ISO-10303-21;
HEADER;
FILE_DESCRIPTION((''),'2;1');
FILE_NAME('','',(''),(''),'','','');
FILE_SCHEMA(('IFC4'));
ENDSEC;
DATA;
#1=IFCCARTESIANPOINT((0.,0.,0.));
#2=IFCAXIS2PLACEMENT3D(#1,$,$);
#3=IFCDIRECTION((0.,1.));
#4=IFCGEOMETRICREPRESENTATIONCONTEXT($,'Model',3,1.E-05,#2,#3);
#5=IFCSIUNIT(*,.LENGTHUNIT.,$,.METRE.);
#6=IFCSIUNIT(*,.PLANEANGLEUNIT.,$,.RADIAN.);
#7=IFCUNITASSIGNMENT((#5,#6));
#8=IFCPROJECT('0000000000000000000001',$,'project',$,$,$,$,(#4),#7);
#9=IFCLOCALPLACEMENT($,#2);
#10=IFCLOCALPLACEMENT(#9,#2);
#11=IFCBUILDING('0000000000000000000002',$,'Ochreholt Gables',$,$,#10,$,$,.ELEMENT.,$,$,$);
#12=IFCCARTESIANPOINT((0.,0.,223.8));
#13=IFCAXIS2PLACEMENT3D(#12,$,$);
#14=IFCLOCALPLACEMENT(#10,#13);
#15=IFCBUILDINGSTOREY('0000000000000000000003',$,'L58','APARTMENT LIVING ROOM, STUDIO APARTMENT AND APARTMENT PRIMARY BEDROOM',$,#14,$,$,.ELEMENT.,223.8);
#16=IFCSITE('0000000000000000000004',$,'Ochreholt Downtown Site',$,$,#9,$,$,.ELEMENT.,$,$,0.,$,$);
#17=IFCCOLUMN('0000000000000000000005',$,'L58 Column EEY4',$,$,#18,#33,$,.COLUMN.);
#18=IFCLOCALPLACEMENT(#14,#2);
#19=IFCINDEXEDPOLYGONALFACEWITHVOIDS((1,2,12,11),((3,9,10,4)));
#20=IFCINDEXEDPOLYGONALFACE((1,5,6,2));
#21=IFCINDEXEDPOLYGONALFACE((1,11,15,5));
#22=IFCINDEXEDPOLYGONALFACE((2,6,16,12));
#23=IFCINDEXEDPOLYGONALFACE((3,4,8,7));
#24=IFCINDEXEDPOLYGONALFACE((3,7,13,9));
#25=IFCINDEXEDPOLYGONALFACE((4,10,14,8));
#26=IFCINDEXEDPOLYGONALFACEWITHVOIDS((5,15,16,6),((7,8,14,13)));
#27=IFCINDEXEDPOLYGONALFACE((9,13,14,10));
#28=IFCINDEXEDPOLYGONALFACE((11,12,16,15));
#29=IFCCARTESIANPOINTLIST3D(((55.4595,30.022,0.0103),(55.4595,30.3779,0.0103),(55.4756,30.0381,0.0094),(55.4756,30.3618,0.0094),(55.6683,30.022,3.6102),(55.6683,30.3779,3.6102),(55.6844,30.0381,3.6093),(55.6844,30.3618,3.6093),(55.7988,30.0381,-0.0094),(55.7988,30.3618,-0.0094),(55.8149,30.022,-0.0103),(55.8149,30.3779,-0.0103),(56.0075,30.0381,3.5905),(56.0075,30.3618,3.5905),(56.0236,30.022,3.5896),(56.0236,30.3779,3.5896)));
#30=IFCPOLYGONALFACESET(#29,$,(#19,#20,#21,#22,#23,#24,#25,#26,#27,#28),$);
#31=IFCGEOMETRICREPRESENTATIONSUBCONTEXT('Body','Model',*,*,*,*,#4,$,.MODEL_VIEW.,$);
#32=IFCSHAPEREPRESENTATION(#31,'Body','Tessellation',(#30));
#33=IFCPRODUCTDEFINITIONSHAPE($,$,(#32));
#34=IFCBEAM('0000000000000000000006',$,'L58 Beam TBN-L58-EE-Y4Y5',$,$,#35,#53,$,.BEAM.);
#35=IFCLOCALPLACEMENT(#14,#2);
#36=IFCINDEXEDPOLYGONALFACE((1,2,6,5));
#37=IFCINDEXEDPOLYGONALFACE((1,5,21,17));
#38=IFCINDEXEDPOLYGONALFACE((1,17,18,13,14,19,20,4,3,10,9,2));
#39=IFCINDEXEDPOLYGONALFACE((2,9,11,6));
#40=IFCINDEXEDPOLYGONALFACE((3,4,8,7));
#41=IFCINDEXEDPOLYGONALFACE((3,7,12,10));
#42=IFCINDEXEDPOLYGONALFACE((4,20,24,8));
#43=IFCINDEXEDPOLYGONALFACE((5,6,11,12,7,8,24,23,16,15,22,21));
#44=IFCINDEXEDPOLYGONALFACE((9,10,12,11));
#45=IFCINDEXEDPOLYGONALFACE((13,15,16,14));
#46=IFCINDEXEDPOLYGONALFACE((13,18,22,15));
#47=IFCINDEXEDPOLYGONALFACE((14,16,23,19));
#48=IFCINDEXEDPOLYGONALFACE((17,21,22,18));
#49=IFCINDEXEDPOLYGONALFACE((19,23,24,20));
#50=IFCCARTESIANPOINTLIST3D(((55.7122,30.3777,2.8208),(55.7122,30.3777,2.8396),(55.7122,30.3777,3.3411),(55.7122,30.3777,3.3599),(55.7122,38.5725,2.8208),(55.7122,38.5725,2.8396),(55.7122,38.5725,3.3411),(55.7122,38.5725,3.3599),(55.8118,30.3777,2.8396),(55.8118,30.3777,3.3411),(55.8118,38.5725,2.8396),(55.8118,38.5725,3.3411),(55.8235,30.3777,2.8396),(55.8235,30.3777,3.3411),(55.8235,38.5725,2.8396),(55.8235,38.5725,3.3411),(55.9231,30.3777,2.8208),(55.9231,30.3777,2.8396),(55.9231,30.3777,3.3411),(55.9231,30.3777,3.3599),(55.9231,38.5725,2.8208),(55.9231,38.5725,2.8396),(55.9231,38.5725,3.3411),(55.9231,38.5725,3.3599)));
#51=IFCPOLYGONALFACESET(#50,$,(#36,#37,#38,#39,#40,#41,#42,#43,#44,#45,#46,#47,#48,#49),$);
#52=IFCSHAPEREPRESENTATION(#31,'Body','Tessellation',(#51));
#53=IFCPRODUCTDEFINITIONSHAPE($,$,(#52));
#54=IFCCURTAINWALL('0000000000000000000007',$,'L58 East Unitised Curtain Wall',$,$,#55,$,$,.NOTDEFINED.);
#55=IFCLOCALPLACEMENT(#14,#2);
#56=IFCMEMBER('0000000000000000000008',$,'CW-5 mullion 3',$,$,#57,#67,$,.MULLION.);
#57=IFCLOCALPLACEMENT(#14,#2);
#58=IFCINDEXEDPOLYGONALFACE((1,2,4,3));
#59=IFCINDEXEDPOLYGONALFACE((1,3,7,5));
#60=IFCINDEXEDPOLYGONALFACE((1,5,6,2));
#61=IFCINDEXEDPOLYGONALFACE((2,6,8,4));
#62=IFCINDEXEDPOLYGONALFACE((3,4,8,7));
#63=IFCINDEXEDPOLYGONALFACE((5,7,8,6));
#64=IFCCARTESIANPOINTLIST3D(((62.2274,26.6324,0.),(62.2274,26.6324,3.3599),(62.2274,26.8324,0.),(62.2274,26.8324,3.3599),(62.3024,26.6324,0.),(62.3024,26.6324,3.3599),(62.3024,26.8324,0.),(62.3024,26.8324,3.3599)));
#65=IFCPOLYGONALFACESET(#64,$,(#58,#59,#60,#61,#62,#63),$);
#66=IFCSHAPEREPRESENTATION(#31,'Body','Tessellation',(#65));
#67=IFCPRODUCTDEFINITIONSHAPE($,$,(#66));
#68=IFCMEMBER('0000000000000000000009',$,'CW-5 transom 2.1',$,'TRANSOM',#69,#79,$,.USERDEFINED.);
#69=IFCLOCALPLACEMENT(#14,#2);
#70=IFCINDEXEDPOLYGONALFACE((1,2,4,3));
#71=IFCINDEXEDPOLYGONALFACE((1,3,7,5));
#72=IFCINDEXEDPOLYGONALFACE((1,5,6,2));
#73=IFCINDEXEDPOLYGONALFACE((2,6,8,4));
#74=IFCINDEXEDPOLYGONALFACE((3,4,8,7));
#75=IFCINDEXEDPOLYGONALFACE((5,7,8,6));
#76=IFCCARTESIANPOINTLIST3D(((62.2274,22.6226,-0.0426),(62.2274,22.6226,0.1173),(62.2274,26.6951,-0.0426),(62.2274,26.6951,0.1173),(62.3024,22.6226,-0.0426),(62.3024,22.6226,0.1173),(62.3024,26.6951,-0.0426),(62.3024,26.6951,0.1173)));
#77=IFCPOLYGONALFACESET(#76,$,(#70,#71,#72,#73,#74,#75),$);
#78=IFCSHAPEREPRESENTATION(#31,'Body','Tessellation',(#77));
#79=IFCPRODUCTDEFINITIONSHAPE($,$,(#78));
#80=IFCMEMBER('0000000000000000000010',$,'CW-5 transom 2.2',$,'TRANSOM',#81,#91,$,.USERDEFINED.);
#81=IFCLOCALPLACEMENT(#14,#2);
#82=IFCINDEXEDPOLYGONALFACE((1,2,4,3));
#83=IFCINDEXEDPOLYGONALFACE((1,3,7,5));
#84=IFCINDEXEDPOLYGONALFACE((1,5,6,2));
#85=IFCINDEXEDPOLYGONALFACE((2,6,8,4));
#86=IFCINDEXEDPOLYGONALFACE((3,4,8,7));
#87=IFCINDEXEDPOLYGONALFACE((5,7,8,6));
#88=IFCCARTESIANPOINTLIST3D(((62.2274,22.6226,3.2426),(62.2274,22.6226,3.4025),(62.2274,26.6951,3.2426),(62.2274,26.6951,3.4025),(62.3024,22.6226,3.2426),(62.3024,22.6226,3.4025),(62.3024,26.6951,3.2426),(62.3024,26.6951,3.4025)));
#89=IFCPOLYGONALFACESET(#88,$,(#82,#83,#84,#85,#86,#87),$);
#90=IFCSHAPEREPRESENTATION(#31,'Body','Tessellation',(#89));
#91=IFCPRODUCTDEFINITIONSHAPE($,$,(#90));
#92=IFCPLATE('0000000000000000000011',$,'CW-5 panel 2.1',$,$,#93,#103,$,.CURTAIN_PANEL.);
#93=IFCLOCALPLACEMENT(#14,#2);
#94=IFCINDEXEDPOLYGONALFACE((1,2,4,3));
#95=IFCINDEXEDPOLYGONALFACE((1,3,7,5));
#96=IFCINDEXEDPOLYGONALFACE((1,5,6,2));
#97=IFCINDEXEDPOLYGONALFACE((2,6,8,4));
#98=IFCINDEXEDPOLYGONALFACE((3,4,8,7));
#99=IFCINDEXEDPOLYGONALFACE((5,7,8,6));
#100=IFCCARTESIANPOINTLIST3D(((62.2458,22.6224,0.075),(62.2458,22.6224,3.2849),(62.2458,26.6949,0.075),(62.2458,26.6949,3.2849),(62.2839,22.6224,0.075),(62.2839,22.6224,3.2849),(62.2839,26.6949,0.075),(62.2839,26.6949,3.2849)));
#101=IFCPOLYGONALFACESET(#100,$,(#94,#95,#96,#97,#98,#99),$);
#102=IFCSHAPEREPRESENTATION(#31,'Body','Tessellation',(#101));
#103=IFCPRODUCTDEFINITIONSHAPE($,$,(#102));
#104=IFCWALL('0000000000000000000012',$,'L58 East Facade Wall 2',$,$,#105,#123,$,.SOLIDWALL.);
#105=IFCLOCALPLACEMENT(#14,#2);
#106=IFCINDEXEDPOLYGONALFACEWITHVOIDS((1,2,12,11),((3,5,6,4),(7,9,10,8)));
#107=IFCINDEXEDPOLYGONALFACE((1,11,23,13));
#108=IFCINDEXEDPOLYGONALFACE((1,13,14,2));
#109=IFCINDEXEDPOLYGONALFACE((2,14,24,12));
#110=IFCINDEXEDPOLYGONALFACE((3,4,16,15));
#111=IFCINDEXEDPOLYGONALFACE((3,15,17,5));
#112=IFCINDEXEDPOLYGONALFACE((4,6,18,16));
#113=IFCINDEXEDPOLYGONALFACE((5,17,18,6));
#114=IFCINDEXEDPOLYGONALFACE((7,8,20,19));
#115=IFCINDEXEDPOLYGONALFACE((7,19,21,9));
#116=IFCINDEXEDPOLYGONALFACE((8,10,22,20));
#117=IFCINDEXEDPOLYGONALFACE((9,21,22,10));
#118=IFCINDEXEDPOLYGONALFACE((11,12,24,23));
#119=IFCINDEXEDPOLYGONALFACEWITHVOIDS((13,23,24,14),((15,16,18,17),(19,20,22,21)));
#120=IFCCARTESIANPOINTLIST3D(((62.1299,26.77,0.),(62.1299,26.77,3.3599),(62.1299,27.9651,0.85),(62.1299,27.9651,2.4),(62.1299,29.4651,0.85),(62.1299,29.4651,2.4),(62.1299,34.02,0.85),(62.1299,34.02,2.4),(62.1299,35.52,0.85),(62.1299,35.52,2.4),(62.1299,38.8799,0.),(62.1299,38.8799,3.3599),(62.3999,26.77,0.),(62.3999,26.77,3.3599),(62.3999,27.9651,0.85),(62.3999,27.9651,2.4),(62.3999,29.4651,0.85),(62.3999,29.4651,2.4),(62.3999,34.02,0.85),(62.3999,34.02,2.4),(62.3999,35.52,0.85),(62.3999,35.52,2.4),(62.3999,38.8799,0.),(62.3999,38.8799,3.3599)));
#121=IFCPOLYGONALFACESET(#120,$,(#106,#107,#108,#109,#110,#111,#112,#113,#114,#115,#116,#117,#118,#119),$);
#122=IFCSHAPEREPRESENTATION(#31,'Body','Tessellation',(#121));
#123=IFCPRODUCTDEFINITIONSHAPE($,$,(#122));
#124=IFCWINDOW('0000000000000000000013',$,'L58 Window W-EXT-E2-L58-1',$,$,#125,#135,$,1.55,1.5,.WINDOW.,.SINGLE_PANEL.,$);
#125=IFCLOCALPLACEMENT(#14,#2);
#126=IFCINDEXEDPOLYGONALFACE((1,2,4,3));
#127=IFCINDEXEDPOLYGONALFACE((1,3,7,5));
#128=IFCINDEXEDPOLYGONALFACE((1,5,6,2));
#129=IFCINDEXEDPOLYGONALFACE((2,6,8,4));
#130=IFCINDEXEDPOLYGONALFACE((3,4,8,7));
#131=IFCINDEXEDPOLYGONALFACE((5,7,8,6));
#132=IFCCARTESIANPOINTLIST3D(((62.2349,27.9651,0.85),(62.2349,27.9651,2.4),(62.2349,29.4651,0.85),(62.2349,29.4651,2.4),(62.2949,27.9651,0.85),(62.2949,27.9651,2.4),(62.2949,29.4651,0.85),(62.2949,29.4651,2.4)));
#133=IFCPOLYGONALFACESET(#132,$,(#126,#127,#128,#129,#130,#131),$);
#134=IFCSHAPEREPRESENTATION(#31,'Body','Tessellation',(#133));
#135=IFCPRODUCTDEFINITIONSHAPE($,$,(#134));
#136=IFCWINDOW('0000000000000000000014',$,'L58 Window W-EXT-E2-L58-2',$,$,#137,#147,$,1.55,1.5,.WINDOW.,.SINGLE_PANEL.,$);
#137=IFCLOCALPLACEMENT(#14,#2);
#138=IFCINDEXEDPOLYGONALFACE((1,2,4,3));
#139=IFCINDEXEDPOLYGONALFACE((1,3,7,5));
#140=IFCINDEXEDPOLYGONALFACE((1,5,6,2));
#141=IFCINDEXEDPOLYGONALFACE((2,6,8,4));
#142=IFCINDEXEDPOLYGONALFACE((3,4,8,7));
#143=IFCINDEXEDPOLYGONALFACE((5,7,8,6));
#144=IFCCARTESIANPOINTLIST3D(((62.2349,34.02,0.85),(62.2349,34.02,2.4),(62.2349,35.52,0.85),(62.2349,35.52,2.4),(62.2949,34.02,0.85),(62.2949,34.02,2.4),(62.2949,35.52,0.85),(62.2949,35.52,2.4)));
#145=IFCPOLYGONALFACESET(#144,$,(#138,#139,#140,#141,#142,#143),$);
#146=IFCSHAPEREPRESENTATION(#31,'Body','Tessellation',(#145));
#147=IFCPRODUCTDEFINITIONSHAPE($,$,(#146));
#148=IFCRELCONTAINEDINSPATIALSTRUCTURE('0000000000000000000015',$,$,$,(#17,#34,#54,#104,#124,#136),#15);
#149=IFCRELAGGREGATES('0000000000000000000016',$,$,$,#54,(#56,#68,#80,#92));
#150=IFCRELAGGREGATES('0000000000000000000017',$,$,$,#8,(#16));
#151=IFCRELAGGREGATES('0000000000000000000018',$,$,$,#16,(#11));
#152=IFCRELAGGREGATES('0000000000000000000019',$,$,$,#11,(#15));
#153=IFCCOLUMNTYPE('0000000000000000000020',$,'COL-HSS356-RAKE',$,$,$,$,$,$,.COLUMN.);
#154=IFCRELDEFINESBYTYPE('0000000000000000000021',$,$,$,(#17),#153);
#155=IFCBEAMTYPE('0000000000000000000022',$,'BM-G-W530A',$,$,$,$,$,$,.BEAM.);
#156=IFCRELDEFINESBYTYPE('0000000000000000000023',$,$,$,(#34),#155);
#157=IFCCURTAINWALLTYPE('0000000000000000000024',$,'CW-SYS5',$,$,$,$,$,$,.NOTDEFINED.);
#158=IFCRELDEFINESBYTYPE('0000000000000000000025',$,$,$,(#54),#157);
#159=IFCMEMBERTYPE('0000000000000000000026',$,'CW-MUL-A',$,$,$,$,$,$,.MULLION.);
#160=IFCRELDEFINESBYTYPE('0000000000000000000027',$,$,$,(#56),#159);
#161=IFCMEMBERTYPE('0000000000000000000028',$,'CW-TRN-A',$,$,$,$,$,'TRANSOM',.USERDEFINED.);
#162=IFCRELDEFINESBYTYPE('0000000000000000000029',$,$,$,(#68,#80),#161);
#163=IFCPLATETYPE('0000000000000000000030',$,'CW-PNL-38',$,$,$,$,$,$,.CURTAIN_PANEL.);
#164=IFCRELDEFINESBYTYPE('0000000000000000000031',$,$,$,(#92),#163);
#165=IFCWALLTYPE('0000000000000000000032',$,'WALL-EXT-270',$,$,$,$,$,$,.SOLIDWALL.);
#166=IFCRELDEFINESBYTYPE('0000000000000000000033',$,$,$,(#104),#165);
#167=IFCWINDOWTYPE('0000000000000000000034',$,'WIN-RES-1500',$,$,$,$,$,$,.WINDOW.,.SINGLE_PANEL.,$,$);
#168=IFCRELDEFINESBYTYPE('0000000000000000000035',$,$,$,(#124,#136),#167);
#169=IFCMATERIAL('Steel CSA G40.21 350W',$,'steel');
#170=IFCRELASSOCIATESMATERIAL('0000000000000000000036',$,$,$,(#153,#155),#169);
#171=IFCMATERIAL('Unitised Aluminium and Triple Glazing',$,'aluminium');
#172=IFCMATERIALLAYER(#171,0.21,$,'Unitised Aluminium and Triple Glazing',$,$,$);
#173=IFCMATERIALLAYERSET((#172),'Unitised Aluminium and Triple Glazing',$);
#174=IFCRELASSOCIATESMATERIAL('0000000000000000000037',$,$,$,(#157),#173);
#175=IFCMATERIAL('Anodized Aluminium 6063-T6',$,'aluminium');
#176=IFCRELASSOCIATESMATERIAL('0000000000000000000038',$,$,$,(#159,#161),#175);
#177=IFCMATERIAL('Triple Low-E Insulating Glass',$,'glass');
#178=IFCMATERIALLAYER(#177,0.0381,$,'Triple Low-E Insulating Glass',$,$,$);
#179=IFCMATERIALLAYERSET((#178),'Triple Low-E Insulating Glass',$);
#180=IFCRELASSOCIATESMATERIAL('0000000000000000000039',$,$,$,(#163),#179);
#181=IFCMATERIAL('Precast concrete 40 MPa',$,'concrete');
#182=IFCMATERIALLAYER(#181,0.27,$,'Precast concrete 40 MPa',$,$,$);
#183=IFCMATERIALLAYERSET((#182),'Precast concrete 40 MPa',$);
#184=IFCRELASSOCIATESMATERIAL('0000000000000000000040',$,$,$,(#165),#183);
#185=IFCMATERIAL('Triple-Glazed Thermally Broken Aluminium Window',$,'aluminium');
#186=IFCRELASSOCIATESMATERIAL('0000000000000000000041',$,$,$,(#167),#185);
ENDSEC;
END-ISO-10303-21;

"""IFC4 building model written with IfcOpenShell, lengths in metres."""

from ifc_helpers import new_model, si_unit, direction, frame, frame_2d, origin, origin_2d, place, context, subcontext, project, spatial, rectangle, hollow_rectangle, i_section, extrude, material, layer, layer_set, material_profile, profile_set, type_object, element, fill, aggregate, save


model = new_model("IFC4")

# Units and contexts
model_context = context("Model", 3, precision=1e-05, world=origin(), true_north=direction((0.0, 1.0)))
body_context = subcontext(model_context, "Body", "Model", "MODEL_VIEW")
ifc_project = project(units=[si_unit("LENGTHUNIT", "METRE"), si_unit("PLANEANGLEUNIT", "RADIAN")], contexts=[model_context])

# Site, building, storey
site_placement = place(None, origin())
site = spatial("IfcSite", under=ifc_project, at=site_placement, Name="Ochreholt Downtown Site", CompositionType="ELEMENT", RefElevation=0.0)
building_placement = place(site_placement, origin())
building = spatial("IfcBuilding", under=site, at=building_placement, Name="Ochreholt Gables", CompositionType="ELEMENT")
storey_placement = place(building_placement, frame((0.0, 0.0, 223.8)))
storey = spatial("IfcBuildingStorey", under=building, at=storey_placement, Name="L58", Description="APARTMENT LIVING ROOM, STUDIO APARTMENT AND APARTMENT PRIMARY BEDROOM", CompositionType="ELEMENT", Elevation=223.8)

# Column
ifc_material_1 = material(Name="Steel CSA G40.21 350W", Category="steel")
ifc_material_profile_1 = material_profile(ifc_material_1, hollow_rectangle(XDim=0.356, YDim=0.356, WallThickness=0.0161, at=origin_2d()), Name="HSS356X356X16")
ifc_profile_set_1 = profile_set([ifc_material_profile_1], Name="Steel CSA G40.21 350W")
column_type = type_object("IfcColumnType", Name="COL-HSS356-RAKE", PredefinedType="COLUMN", material=ifc_profile_set_1)
column_placement = place(storey_placement, frame((55.6372, 30.2, 0.0), z_axis=(0.057889, 0.0, 0.998323), x_axis=(0.0, 1.0, 0.0)))
element("IfcColumn", 1, at=column_placement, inside=storey, type_object=column_type, Name="L58 Column EEY4", PredefinedType="COLUMN", context=body_context, shape_type="SweptSolid", body=[
    extrude(hollow_rectangle(XDim=0.356, YDim=0.356, WallThickness=0.0161, at=origin_2d()), origin(), (0.0, 0.0, 1.0), 3.606),
])

# Beam
ifc_material_profile_2 = material_profile(ifc_material_1, i_section(OverallWidth=0.2109, OverallDepth=0.5391, WebThickness=0.0117, FlangeThickness=0.0188, at=origin_2d()), Name="W530X109")
ifc_profile_set_2 = profile_set([ifc_material_profile_2], Name="Steel CSA G40.21 350W")
beam_type = type_object("IfcBeamType", Name="BM-G-W530A", PredefinedType="BEAM", material=ifc_profile_set_2)
beam_placement = place(storey_placement, frame((55.8176, 30.3777, 3.0903), z_axis=(0.0, 1.0, 0.0), x_axis=(-1.0, 0.0, 0.0)))
element("IfcBeam", 2, at=beam_placement, inside=storey, type_object=beam_type, Name="L58 Beam TBN-L58-EE-Y4Y5", PredefinedType="BEAM", context=body_context, shape_type="SweptSolid", body=[
    extrude(i_section(OverallWidth=0.2109, OverallDepth=0.5391, WebThickness=0.0117, FlangeThickness=0.0188, at=origin_2d()), origin(), (0.0, 0.0, 1.0), 8.1948),
])

# Curtain wall, members, plate
ifc_material_2 = material(Name="Unitised Aluminium and Triple Glazing", Category="aluminium")
ifc_layer_1 = layer(ifc_material_2, 0.21, Name="Unitised Aluminium and Triple Glazing")
ifc_layer_set_1 = layer_set([ifc_layer_1], Name="Unitised Aluminium and Triple Glazing")
curtain_wall_type = type_object("IfcCurtainWallType", Name="CW-SYS5", PredefinedType="NOTDEFINED", material=ifc_layer_set_1)
curtain_wall_placement = place(storey_placement, origin())
curtain_wall = element("IfcCurtainWall", 3, at=curtain_wall_placement, inside=storey, type_object=curtain_wall_type, Name="L58 East Unitised Curtain Wall", PredefinedType="NOTDEFINED")
ifc_material_3 = material(Name="Anodized Aluminium 6063-T6", Category="aluminium")
ifc_material_profile_3 = material_profile(ifc_material_3, rectangle(XDim=0.075, YDim=0.2, at=origin_2d()), Name="CWM75X200")
ifc_profile_set_3 = profile_set([ifc_material_profile_3], Name="Anodized Aluminium 6063-T6")
member_type_1 = type_object("IfcMemberType", Name="CW-MUL-A", PredefinedType="MULLION", material=ifc_profile_set_3)
member_1_placement = place(storey_placement, frame((62.2649, 26.7324, 0.0), z_axis=(0.0, 0.0, 1.0), x_axis=(-1.0, 0.0, 0.0)))
member_1 = element("IfcMember", 4, at=member_1_placement, type_object=member_type_1, Name="CW-5 mullion 3", PredefinedType="MULLION", context=body_context, shape_type="SweptSolid", body=[
    extrude(rectangle(XDim=0.075, YDim=0.2, at=origin_2d()), origin(), (0.0, 0.0, 1.0), 3.3599),
])
ifc_material_profile_4 = material_profile(ifc_material_3, rectangle(XDim=0.075, YDim=0.1599, at=origin_2d()), Name="CWT75X160")
ifc_profile_set_4 = profile_set([ifc_material_profile_4], Name="Anodized Aluminium 6063-T6")
member_type_2 = type_object("IfcMemberType", Name="CW-TRN-A", ElementType="TRANSOM", PredefinedType="USERDEFINED", material=ifc_profile_set_4)
member_2_placement = place(storey_placement, frame((62.2649, 22.6226, 0.0374), z_axis=(0.0, 1.0, 0.0), x_axis=(-1.0, 0.0, 0.0)))
member_2 = element("IfcMember", 5, at=member_2_placement, type_object=member_type_2, Name="CW-5 transom 2.1", ObjectType="TRANSOM", PredefinedType="USERDEFINED", context=body_context, shape_type="SweptSolid", body=[
    extrude(rectangle(XDim=0.075, YDim=0.1599, at=origin_2d()), origin(), (0.0, 0.0, 1.0), 4.0725),
])
member_3_placement = place(storey_placement, frame((62.2649, 22.6226, 3.3225), z_axis=(0.0, 1.0, 0.0), x_axis=(-1.0, 0.0, 0.0)))
member_3 = element("IfcMember", 6, at=member_3_placement, type_object=member_type_2, Name="CW-5 transom 2.2", ObjectType="TRANSOM", PredefinedType="USERDEFINED", context=body_context, shape_type="SweptSolid", body=[
    extrude(rectangle(XDim=0.075, YDim=0.1599, at=origin_2d()), origin(), (0.0, 0.0, 1.0), 4.0725),
])
ifc_material_4 = material(Name="Triple Low-E Insulating Glass", Category="glass")
ifc_layer_2 = layer(ifc_material_4, 0.0381, Name="Triple Low-E Insulating Glass")
ifc_layer_set_2 = layer_set([ifc_layer_2], Name="Triple Low-E Insulating Glass")
plate_type = type_object("IfcPlateType", Name="CW-PNL-38", PredefinedType="CURTAIN_PANEL", material=ifc_layer_set_2)
plate_placement = place(storey_placement, frame((62.2649, 24.6587, 0.075), z_axis=(0.0, 0.0, 1.0), x_axis=(0.0, 1.0, 0.0)))
plate = element("IfcPlate", 7, at=plate_placement, type_object=plate_type, Name="CW-5 panel 2.1", PredefinedType="CURTAIN_PANEL", context=body_context, shape_type="SweptSolid", body=[
    extrude(rectangle(XDim=4.0725, YDim=0.0381, at=origin_2d()), origin(), (0.0, 0.0, 1.0), 3.21),
])
aggregate(curtain_wall, [member_1, member_2, member_3, plate])

# Wall, openings, windows
ifc_material_5 = material(Name="Precast concrete 40 MPa", Category="concrete")
ifc_layer_3 = layer(ifc_material_5, 0.27, Name="Precast concrete 40 MPa")
ifc_layer_set_3 = layer_set([ifc_layer_3], Name="Precast concrete 40 MPa")
wall_type_1 = type_object("IfcWallType", Name="WALL-EXT-270", PredefinedType="SOLIDWALL", material=ifc_layer_set_3)
wall_1_placement = place(storey_placement, frame((62.2649, 26.77, 0.0), z_axis=(0.0, 0.0, 1.0), x_axis=(0.0, 1.0, 0.0)))
wall_1 = element("IfcWall", 8, at=wall_1_placement, inside=storey, type_object=wall_type_1, Name="L58 East Facade Wall 2", PredefinedType="SOLIDWALL", context=body_context, shape_type="SweptSolid", body=[
    extrude(rectangle(XDim=12.1099, YDim=0.27, at=frame_2d((6.0549, 0.0))), origin(), (0.0, 0.0, 1.0), 3.3599),
])
opening_1_placement = place(wall_1_placement, frame((1.1951, 0.0, 0.8501)))
opening_1 = element("IfcOpeningElement", 9, at=opening_1_placement, cuts=wall_1, PredefinedType="OPENING", context=body_context, shape_type="SweptSolid", body=[
    extrude(rectangle(XDim=1.5, YDim=1.55, at=frame_2d((0.75, 0.7749))), frame((0.0, 0.145, 0.0), z_axis=(0.0, -1.0, 0.0), x_axis=(1.0, 0.0, 0.0)), (0.0, 0.0, 1.0), 0.29),
])
opening_2_placement = place(wall_1_placement, frame((7.25, 0.0, 0.8501)))
opening_2 = element("IfcOpeningElement", 10, at=opening_2_placement, cuts=wall_1, PredefinedType="OPENING", context=body_context, shape_type="SweptSolid", body=[
    extrude(rectangle(XDim=1.5, YDim=1.55, at=frame_2d((0.75, 0.7749))), frame((0.0, 0.145, 0.0), z_axis=(0.0, -1.0, 0.0), x_axis=(1.0, 0.0, 0.0)), (0.0, 0.0, 1.0), 0.29),
])
ifc_material_6 = material(Name="Triple-Glazed Thermally Broken Aluminium Window", Category="aluminium")
window_type = type_object("IfcWindowType", Name="WIN-RES-1500", PartitioningType="SINGLE_PANEL", PredefinedType="WINDOW", material=ifc_material_6)
window_1_placement = place(opening_1_placement, origin())
window_1 = element("IfcWindow", 11, at=window_1_placement, inside=storey, type_object=window_type, Name="L58 Window W-EXT-E2-L58-1", OverallHeight=1.55, OverallWidth=1.5, PartitioningType="SINGLE_PANEL", PredefinedType="WINDOW", context=body_context, shape_type="SweptSolid", body=[
    extrude(rectangle(XDim=1.5, YDim=1.55, at=frame_2d((0.75, 0.7749))), frame((0.0, 0.03, 0.0), z_axis=(0.0, -1.0, 0.0), x_axis=(1.0, 0.0, 0.0)), (0.0, 0.0, 1.0), 0.0601),
])
fill(opening_1, window_1)
window_2_placement = place(opening_2_placement, origin())
window_2 = element("IfcWindow", 12, at=window_2_placement, inside=storey, type_object=window_type, Name="L58 Window W-EXT-E2-L58-2", OverallHeight=1.55, OverallWidth=1.5, PartitioningType="SINGLE_PANEL", PredefinedType="WINDOW", context=body_context, shape_type="SweptSolid", body=[
    extrude(rectangle(XDim=1.5, YDim=1.55, at=frame_2d((0.75, 0.7749))), frame((0.0, 0.03, 0.0), z_axis=(0.0, -1.0, 0.0), x_axis=(1.0, 0.0, 0.0)), (0.0, 0.0, 1.0), 0.0601),
])
fill(opening_2, window_2)

save(model, "model.ifc")
